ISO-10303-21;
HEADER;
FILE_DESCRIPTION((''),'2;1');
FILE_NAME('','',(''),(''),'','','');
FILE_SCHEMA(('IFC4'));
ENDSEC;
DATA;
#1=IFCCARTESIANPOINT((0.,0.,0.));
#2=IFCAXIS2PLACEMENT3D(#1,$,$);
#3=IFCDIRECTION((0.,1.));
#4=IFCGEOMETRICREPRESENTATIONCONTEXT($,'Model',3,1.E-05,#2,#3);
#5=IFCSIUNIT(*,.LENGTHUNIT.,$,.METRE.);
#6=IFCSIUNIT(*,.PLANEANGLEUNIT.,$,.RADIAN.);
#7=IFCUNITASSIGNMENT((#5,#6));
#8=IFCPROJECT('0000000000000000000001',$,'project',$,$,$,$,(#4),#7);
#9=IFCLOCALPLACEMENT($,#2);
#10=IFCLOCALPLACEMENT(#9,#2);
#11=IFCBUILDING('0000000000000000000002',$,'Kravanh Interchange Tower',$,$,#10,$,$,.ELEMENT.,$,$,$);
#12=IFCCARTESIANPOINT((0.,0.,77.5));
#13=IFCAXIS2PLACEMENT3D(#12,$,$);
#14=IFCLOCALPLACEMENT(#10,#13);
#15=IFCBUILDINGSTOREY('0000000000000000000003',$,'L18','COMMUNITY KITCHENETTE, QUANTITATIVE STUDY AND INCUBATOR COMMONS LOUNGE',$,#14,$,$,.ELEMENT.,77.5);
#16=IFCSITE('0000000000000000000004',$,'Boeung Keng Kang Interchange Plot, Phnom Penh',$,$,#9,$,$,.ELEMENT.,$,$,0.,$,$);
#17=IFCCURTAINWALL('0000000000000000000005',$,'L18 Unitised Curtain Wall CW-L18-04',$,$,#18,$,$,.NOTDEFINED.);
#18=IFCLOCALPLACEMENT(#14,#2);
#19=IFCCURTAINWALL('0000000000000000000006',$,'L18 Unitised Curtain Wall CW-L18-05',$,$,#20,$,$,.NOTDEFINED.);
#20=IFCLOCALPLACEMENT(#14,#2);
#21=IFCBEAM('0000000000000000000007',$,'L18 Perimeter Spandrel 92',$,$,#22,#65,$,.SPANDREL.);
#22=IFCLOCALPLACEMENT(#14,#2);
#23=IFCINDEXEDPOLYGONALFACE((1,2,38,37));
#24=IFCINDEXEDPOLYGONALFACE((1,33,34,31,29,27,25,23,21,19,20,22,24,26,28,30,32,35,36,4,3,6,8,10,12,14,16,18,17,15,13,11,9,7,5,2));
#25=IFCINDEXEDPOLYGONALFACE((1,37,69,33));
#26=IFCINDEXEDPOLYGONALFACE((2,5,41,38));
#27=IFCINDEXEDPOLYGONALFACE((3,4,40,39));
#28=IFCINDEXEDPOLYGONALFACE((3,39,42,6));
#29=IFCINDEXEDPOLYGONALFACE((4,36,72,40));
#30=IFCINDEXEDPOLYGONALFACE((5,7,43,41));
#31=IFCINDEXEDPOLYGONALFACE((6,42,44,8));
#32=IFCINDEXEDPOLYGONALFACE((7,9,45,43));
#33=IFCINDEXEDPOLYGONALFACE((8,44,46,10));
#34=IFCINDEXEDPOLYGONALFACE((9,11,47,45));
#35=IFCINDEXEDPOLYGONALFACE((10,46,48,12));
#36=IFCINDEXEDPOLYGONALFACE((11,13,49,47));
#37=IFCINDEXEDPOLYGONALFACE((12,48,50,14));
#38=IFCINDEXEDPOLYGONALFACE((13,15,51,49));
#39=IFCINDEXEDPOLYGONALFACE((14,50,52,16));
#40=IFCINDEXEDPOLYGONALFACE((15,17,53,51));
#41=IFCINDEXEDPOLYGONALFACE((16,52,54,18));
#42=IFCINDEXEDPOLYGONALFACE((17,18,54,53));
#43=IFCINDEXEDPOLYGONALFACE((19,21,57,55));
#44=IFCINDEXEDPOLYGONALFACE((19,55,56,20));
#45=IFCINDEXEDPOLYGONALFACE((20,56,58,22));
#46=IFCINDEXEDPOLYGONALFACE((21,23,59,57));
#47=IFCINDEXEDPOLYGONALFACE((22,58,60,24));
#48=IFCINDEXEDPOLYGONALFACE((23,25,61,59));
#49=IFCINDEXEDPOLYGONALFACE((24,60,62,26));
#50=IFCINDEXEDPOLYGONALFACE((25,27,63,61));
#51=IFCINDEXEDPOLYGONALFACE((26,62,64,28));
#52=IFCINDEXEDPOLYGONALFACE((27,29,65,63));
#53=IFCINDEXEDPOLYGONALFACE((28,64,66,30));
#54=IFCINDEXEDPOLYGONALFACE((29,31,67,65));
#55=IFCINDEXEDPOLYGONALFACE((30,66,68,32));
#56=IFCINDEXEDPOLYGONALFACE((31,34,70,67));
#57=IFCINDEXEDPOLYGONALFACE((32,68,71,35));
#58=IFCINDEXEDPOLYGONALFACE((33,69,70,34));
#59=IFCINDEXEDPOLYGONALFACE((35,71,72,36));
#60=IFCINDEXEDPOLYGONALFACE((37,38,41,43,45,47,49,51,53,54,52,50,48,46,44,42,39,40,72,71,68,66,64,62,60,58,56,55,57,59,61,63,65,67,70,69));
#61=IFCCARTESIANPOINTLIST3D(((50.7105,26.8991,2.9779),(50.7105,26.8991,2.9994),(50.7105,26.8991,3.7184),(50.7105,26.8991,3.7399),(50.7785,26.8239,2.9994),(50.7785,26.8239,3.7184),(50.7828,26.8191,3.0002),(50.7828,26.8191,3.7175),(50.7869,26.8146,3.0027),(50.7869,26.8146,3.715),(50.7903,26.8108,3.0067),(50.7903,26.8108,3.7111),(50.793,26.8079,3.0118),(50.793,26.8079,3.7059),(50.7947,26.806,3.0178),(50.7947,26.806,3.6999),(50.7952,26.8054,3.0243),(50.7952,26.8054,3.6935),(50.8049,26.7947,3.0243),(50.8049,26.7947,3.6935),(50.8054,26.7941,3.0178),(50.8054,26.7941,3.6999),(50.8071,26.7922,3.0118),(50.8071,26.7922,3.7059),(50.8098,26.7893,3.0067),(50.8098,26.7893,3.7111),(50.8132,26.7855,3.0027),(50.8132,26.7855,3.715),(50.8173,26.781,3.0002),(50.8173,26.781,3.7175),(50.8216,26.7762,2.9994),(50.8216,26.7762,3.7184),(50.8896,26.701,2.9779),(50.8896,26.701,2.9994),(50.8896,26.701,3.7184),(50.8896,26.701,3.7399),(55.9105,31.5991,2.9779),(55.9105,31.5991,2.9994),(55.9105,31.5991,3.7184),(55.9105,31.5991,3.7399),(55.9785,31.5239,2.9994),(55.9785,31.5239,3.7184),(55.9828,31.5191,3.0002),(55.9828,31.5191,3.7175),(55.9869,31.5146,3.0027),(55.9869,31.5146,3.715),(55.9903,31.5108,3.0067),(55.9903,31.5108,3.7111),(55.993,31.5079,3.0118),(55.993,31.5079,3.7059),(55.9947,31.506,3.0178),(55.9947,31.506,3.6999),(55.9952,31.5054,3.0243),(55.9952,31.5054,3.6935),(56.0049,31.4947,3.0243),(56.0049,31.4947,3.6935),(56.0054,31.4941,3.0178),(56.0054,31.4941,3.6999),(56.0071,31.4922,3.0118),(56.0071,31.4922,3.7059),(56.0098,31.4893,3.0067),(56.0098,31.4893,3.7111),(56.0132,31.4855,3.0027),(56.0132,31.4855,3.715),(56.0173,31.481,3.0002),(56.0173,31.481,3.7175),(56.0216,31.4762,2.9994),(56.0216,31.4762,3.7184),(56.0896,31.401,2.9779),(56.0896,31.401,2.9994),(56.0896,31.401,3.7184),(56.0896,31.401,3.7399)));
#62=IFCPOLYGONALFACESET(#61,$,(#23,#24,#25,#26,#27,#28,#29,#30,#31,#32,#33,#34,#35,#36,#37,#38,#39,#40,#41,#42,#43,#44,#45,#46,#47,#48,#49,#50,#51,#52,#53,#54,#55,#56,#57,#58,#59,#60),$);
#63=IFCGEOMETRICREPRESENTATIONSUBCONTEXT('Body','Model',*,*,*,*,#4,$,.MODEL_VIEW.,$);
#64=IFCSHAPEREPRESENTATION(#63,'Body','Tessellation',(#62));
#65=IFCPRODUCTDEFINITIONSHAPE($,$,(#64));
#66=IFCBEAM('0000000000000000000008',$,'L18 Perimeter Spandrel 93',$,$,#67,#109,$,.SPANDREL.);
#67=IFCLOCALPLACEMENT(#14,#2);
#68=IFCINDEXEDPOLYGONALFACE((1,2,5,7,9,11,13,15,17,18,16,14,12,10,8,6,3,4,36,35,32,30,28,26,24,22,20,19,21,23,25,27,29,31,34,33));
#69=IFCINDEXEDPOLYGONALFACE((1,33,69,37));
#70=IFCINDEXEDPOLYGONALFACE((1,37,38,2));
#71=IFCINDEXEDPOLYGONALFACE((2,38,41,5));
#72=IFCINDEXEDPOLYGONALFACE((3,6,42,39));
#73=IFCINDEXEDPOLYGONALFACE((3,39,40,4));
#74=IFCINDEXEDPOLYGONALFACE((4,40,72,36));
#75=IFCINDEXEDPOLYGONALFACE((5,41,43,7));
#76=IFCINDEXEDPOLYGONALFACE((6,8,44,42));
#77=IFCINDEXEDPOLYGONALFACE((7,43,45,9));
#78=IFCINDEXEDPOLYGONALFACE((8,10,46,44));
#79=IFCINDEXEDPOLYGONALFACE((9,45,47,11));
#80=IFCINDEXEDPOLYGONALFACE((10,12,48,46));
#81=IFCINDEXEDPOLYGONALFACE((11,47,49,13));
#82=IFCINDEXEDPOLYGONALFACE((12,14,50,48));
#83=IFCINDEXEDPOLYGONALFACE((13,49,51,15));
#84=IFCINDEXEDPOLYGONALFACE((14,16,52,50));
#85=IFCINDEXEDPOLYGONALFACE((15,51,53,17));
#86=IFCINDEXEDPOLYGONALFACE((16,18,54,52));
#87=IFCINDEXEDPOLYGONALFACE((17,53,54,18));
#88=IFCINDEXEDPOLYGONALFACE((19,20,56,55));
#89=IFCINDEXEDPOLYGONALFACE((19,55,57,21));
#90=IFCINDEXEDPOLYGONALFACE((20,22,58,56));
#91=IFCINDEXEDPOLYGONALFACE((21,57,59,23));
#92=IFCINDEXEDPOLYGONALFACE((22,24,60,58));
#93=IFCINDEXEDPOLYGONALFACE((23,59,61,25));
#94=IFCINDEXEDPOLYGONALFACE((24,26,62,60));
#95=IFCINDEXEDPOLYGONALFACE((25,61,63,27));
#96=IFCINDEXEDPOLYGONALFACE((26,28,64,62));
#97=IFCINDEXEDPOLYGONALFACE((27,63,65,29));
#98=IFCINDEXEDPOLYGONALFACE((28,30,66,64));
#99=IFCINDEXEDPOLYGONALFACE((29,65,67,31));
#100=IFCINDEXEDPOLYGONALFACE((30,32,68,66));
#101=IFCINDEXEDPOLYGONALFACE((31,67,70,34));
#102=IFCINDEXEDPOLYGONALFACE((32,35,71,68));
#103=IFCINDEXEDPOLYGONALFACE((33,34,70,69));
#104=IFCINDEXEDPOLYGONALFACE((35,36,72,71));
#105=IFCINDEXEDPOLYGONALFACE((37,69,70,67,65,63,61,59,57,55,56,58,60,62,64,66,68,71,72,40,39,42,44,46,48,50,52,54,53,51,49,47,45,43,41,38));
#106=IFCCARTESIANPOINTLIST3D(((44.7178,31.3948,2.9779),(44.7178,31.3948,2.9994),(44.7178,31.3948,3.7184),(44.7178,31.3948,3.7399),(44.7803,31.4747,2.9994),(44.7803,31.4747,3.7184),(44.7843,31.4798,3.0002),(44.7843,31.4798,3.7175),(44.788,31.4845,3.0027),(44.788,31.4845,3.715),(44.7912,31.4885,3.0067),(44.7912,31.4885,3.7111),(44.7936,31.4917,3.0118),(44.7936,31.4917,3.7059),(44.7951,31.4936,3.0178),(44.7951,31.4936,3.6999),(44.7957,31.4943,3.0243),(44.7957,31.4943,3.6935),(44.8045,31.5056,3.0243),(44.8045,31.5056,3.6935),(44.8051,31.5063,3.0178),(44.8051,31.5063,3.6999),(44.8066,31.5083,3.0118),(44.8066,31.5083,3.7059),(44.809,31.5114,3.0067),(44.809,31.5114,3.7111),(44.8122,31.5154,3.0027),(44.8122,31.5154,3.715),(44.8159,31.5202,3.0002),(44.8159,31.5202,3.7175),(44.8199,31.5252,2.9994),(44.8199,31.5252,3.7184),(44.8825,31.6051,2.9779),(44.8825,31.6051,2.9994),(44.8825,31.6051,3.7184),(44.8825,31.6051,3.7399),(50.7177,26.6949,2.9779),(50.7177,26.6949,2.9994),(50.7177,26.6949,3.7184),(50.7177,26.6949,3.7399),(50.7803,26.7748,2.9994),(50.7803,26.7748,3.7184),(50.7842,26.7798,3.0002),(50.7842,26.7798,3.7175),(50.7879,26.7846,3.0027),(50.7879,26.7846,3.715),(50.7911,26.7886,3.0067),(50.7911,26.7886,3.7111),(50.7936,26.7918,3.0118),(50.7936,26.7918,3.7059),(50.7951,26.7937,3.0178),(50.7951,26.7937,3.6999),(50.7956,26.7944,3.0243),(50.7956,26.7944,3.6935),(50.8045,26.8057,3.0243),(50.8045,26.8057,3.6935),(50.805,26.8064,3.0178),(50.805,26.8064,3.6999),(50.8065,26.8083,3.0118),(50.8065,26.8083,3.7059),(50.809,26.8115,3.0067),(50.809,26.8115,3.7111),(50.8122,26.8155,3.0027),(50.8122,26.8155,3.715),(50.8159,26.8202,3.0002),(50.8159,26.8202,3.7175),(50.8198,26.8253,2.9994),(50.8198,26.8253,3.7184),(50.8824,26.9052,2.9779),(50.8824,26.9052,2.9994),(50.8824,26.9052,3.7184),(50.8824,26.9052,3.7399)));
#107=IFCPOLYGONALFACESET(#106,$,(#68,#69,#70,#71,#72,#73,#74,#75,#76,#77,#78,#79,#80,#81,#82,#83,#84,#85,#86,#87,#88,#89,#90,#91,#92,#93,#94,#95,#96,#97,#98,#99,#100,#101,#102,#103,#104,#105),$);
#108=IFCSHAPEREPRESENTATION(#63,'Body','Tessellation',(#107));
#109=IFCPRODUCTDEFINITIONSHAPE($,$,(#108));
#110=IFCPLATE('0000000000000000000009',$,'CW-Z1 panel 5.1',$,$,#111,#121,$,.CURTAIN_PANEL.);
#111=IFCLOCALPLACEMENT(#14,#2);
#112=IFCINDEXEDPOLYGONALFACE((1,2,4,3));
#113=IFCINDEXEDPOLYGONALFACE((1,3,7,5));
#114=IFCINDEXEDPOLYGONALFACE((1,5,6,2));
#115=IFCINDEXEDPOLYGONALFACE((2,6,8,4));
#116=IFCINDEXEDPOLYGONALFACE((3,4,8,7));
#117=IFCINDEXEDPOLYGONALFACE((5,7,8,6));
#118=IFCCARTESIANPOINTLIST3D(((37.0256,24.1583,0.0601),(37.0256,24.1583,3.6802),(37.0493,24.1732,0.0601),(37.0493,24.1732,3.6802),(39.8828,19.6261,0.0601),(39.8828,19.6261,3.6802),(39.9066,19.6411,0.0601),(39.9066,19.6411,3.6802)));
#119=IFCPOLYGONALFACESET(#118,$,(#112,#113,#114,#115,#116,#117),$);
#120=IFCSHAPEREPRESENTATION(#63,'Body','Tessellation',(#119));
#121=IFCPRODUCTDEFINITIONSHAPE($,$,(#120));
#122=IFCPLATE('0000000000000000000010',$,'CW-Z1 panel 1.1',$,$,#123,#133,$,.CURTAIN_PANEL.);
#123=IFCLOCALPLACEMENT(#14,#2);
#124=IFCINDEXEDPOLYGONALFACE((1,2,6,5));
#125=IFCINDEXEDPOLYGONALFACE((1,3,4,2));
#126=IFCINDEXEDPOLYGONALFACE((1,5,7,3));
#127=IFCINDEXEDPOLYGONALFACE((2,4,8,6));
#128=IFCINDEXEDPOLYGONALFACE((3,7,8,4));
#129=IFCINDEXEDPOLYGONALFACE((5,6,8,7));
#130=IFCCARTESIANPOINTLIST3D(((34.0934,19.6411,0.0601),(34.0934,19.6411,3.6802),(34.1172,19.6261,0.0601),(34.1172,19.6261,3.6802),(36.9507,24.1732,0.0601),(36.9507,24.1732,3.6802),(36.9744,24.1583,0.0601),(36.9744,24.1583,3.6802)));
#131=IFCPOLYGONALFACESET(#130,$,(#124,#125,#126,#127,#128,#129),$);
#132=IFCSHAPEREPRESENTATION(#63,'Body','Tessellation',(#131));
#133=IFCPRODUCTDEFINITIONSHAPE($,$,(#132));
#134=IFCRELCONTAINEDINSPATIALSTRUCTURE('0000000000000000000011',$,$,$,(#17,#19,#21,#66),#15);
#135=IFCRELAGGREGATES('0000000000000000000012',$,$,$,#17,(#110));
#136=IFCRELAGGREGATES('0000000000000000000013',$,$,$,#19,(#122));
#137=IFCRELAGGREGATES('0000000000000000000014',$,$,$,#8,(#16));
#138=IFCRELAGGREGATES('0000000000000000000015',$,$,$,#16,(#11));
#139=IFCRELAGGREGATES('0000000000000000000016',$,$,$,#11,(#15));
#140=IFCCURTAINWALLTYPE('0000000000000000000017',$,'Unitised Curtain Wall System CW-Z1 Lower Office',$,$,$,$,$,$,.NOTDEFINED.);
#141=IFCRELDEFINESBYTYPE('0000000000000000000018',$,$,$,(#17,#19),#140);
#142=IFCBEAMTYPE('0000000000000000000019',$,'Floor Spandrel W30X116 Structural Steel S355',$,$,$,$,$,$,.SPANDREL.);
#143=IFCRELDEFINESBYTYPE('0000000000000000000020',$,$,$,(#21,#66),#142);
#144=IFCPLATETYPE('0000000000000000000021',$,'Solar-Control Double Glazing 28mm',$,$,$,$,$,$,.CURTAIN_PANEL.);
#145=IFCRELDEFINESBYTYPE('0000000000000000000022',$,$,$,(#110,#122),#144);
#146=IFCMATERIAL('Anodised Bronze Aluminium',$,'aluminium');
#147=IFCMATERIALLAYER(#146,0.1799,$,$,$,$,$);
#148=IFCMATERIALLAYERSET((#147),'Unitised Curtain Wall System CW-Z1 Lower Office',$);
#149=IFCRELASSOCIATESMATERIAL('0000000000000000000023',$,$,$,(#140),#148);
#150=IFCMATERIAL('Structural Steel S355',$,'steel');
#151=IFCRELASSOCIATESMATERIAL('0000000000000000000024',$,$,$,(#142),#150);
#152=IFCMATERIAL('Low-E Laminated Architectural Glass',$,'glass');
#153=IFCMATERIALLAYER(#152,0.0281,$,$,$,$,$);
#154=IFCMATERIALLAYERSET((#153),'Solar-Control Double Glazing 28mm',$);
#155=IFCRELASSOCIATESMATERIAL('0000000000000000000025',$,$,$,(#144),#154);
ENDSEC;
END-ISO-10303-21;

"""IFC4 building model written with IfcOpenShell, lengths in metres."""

from ifc_helpers import new_model, si_unit, direction, frame, origin, origin_2d, place, context, subcontext, project, spatial, rectangle, i_section, extrude, material, layer, layer_set, material_profile, profile_set, type_object, element, aggregate, save


model = new_model("IFC4")

# Units and contexts
model_context = context("Model", 3, precision=1e-05, world=origin(), true_north=direction((0.0, 1.0)))
body_context = subcontext(model_context, "Body", "Model", "MODEL_VIEW")
ifc_project = project(units=[si_unit("LENGTHUNIT", "METRE"), si_unit("PLANEANGLEUNIT", "RADIAN")], contexts=[model_context])

# Site, building, storey
site_placement = place(None, origin())
site = spatial("IfcSite", under=ifc_project, at=site_placement, Name="Boeung Keng Kang Interchange Plot, Phnom Penh", CompositionType="ELEMENT", RefElevation=0.0)
building_placement = place(site_placement, origin())
building = spatial("IfcBuilding", under=site, at=building_placement, Name="Kravanh Interchange Tower", CompositionType="ELEMENT")
storey_placement = place(building_placement, frame((0.0, 0.0, 77.5)))
storey = spatial("IfcBuildingStorey", under=building, at=storey_placement, Name="L18", Description="COMMUNITY KITCHENETTE, QUANTITATIVE STUDY AND INCUBATOR COMMONS LOUNGE", CompositionType="ELEMENT", Elevation=77.5)

# Curtain walls
ifc_material_1 = material(Name="Anodised Bronze Aluminium", Category="aluminium")
ifc_layer_1 = layer(ifc_material_1, 0.1799)
ifc_layer_set_1 = layer_set([ifc_layer_1], Name="Unitised Curtain Wall System CW-Z1 Lower Office")
curtain_wall_type = type_object("IfcCurtainWallType", Name="Unitised Curtain Wall System CW-Z1 Lower Office", PredefinedType="NOTDEFINED", material=ifc_layer_set_1)
curtain_wall_1_placement = place(storey_placement, origin())
curtain_wall_1 = element("IfcCurtainWall", 1, at=curtain_wall_1_placement, inside=storey, type_object=curtain_wall_type, Name="L18 Unitised Curtain Wall CW-L18-04", PredefinedType="NOTDEFINED")
curtain_wall_2_placement = place(storey_placement, origin())
curtain_wall_2 = element("IfcCurtainWall", 2, at=curtain_wall_2_placement, inside=storey, type_object=curtain_wall_type, Name="L18 Unitised Curtain Wall CW-L18-05", PredefinedType="NOTDEFINED")

# Beams
ifc_material_2 = material(Name="Structural Steel S355", Category="steel")
ifc_material_profile_1 = material_profile(ifc_material_2, i_section(OverallWidth=0.2671, OverallDepth=0.762, WebThickness=0.0144, FlangeThickness=0.0215, FilletRadius=0.0249, at=origin_2d()), Name="W30X116")
ifc_profile_set_1 = profile_set([ifc_material_profile_1], Name="Structural Steel S355")
beam_type_1 = type_object("IfcBeamType", Name="Floor Spandrel W30X116 Structural Steel S355", PredefinedType="SPANDREL", material=ifc_profile_set_1)
beam_1_placement = place(storey_placement, frame((50.8, 26.8, 3.3589), z_axis=(0.741874, 0.670539, 0.0), x_axis=(-0.670539, 0.741874, 0.0)))
element("IfcBeam", 3, at=beam_1_placement, inside=storey, type_object=beam_type_1, Name="L18 Perimeter Spandrel 92", PredefinedType="SPANDREL", context=body_context, shape_type="SweptSolid", body=[
    extrude(i_section(OverallWidth=0.2671, OverallDepth=0.762, WebThickness=0.0144, FlangeThickness=0.0215, FilletRadius=0.0249, at=origin_2d()), origin(), (0.0, 0.0, 1.0), 7.0093),
])
beam_2_placement = place(storey_placement, frame((50.8, 26.8, 3.3589), z_axis=(-0.787231, 0.616658, 0.0), x_axis=(-0.616658, -0.787231, 0.0)))
element("IfcBeam", 4, at=beam_2_placement, inside=storey, type_object=beam_type_1, Name="L18 Perimeter Spandrel 93", PredefinedType="SPANDREL", context=body_context, shape_type="SweptSolid", body=[
    extrude(i_section(OverallWidth=0.2671, OverallDepth=0.762, WebThickness=0.0144, FlangeThickness=0.0215, FilletRadius=0.0249, at=origin_2d()), origin(), (0.0, 0.0, 1.0), 7.6216),
])

# Plates
ifc_material_3 = material(Name="Low-E Laminated Architectural Glass", Category="glass")
ifc_layer_2 = layer(ifc_material_3, 0.0281)
ifc_layer_set_2 = layer_set([ifc_layer_2], Name="Solar-Control Double Glazing 28mm")
plate_type = type_object("IfcPlateType", Name="Solar-Control Double Glazing 28mm", PredefinedType="CURTAIN_PANEL", material=ifc_layer_set_2)
plate_1_placement = place(storey_placement, frame((38.4661, 21.8997, 0.0601), z_axis=(0.0, 0.0, 1.0), x_axis=(-0.533301, 0.845926, 0.0)))
plate_1 = element("IfcPlate", 5, at=plate_1_placement, type_object=plate_type, Name="CW-Z1 panel 5.1", PredefinedType="CURTAIN_PANEL", context=body_context, shape_type="SweptSolid", body=[
    extrude(rectangle(XDim=5.3577, YDim=0.0281, at=origin_2d()), origin(), (0.0, 0.0, 1.0), 3.6201),
])
aggregate(curtain_wall_1, [plate_1])
plate_2_placement = place(storey_placement, frame((35.5339, 21.8997, 0.0601), z_axis=(0.0, 0.0, 1.0), x_axis=(-0.533301, -0.845926, 0.0)))
plate_2 = element("IfcPlate", 6, at=plate_2_placement, type_object=plate_type, Name="CW-Z1 panel 1.1", PredefinedType="CURTAIN_PANEL", context=body_context, shape_type="SweptSolid", body=[
    extrude(rectangle(XDim=5.3577, YDim=0.0281, at=origin_2d()), origin(), (0.0, 0.0, 1.0), 3.6201),
])
aggregate(curtain_wall_2, [plate_2])

save(model, "model.ifc")
